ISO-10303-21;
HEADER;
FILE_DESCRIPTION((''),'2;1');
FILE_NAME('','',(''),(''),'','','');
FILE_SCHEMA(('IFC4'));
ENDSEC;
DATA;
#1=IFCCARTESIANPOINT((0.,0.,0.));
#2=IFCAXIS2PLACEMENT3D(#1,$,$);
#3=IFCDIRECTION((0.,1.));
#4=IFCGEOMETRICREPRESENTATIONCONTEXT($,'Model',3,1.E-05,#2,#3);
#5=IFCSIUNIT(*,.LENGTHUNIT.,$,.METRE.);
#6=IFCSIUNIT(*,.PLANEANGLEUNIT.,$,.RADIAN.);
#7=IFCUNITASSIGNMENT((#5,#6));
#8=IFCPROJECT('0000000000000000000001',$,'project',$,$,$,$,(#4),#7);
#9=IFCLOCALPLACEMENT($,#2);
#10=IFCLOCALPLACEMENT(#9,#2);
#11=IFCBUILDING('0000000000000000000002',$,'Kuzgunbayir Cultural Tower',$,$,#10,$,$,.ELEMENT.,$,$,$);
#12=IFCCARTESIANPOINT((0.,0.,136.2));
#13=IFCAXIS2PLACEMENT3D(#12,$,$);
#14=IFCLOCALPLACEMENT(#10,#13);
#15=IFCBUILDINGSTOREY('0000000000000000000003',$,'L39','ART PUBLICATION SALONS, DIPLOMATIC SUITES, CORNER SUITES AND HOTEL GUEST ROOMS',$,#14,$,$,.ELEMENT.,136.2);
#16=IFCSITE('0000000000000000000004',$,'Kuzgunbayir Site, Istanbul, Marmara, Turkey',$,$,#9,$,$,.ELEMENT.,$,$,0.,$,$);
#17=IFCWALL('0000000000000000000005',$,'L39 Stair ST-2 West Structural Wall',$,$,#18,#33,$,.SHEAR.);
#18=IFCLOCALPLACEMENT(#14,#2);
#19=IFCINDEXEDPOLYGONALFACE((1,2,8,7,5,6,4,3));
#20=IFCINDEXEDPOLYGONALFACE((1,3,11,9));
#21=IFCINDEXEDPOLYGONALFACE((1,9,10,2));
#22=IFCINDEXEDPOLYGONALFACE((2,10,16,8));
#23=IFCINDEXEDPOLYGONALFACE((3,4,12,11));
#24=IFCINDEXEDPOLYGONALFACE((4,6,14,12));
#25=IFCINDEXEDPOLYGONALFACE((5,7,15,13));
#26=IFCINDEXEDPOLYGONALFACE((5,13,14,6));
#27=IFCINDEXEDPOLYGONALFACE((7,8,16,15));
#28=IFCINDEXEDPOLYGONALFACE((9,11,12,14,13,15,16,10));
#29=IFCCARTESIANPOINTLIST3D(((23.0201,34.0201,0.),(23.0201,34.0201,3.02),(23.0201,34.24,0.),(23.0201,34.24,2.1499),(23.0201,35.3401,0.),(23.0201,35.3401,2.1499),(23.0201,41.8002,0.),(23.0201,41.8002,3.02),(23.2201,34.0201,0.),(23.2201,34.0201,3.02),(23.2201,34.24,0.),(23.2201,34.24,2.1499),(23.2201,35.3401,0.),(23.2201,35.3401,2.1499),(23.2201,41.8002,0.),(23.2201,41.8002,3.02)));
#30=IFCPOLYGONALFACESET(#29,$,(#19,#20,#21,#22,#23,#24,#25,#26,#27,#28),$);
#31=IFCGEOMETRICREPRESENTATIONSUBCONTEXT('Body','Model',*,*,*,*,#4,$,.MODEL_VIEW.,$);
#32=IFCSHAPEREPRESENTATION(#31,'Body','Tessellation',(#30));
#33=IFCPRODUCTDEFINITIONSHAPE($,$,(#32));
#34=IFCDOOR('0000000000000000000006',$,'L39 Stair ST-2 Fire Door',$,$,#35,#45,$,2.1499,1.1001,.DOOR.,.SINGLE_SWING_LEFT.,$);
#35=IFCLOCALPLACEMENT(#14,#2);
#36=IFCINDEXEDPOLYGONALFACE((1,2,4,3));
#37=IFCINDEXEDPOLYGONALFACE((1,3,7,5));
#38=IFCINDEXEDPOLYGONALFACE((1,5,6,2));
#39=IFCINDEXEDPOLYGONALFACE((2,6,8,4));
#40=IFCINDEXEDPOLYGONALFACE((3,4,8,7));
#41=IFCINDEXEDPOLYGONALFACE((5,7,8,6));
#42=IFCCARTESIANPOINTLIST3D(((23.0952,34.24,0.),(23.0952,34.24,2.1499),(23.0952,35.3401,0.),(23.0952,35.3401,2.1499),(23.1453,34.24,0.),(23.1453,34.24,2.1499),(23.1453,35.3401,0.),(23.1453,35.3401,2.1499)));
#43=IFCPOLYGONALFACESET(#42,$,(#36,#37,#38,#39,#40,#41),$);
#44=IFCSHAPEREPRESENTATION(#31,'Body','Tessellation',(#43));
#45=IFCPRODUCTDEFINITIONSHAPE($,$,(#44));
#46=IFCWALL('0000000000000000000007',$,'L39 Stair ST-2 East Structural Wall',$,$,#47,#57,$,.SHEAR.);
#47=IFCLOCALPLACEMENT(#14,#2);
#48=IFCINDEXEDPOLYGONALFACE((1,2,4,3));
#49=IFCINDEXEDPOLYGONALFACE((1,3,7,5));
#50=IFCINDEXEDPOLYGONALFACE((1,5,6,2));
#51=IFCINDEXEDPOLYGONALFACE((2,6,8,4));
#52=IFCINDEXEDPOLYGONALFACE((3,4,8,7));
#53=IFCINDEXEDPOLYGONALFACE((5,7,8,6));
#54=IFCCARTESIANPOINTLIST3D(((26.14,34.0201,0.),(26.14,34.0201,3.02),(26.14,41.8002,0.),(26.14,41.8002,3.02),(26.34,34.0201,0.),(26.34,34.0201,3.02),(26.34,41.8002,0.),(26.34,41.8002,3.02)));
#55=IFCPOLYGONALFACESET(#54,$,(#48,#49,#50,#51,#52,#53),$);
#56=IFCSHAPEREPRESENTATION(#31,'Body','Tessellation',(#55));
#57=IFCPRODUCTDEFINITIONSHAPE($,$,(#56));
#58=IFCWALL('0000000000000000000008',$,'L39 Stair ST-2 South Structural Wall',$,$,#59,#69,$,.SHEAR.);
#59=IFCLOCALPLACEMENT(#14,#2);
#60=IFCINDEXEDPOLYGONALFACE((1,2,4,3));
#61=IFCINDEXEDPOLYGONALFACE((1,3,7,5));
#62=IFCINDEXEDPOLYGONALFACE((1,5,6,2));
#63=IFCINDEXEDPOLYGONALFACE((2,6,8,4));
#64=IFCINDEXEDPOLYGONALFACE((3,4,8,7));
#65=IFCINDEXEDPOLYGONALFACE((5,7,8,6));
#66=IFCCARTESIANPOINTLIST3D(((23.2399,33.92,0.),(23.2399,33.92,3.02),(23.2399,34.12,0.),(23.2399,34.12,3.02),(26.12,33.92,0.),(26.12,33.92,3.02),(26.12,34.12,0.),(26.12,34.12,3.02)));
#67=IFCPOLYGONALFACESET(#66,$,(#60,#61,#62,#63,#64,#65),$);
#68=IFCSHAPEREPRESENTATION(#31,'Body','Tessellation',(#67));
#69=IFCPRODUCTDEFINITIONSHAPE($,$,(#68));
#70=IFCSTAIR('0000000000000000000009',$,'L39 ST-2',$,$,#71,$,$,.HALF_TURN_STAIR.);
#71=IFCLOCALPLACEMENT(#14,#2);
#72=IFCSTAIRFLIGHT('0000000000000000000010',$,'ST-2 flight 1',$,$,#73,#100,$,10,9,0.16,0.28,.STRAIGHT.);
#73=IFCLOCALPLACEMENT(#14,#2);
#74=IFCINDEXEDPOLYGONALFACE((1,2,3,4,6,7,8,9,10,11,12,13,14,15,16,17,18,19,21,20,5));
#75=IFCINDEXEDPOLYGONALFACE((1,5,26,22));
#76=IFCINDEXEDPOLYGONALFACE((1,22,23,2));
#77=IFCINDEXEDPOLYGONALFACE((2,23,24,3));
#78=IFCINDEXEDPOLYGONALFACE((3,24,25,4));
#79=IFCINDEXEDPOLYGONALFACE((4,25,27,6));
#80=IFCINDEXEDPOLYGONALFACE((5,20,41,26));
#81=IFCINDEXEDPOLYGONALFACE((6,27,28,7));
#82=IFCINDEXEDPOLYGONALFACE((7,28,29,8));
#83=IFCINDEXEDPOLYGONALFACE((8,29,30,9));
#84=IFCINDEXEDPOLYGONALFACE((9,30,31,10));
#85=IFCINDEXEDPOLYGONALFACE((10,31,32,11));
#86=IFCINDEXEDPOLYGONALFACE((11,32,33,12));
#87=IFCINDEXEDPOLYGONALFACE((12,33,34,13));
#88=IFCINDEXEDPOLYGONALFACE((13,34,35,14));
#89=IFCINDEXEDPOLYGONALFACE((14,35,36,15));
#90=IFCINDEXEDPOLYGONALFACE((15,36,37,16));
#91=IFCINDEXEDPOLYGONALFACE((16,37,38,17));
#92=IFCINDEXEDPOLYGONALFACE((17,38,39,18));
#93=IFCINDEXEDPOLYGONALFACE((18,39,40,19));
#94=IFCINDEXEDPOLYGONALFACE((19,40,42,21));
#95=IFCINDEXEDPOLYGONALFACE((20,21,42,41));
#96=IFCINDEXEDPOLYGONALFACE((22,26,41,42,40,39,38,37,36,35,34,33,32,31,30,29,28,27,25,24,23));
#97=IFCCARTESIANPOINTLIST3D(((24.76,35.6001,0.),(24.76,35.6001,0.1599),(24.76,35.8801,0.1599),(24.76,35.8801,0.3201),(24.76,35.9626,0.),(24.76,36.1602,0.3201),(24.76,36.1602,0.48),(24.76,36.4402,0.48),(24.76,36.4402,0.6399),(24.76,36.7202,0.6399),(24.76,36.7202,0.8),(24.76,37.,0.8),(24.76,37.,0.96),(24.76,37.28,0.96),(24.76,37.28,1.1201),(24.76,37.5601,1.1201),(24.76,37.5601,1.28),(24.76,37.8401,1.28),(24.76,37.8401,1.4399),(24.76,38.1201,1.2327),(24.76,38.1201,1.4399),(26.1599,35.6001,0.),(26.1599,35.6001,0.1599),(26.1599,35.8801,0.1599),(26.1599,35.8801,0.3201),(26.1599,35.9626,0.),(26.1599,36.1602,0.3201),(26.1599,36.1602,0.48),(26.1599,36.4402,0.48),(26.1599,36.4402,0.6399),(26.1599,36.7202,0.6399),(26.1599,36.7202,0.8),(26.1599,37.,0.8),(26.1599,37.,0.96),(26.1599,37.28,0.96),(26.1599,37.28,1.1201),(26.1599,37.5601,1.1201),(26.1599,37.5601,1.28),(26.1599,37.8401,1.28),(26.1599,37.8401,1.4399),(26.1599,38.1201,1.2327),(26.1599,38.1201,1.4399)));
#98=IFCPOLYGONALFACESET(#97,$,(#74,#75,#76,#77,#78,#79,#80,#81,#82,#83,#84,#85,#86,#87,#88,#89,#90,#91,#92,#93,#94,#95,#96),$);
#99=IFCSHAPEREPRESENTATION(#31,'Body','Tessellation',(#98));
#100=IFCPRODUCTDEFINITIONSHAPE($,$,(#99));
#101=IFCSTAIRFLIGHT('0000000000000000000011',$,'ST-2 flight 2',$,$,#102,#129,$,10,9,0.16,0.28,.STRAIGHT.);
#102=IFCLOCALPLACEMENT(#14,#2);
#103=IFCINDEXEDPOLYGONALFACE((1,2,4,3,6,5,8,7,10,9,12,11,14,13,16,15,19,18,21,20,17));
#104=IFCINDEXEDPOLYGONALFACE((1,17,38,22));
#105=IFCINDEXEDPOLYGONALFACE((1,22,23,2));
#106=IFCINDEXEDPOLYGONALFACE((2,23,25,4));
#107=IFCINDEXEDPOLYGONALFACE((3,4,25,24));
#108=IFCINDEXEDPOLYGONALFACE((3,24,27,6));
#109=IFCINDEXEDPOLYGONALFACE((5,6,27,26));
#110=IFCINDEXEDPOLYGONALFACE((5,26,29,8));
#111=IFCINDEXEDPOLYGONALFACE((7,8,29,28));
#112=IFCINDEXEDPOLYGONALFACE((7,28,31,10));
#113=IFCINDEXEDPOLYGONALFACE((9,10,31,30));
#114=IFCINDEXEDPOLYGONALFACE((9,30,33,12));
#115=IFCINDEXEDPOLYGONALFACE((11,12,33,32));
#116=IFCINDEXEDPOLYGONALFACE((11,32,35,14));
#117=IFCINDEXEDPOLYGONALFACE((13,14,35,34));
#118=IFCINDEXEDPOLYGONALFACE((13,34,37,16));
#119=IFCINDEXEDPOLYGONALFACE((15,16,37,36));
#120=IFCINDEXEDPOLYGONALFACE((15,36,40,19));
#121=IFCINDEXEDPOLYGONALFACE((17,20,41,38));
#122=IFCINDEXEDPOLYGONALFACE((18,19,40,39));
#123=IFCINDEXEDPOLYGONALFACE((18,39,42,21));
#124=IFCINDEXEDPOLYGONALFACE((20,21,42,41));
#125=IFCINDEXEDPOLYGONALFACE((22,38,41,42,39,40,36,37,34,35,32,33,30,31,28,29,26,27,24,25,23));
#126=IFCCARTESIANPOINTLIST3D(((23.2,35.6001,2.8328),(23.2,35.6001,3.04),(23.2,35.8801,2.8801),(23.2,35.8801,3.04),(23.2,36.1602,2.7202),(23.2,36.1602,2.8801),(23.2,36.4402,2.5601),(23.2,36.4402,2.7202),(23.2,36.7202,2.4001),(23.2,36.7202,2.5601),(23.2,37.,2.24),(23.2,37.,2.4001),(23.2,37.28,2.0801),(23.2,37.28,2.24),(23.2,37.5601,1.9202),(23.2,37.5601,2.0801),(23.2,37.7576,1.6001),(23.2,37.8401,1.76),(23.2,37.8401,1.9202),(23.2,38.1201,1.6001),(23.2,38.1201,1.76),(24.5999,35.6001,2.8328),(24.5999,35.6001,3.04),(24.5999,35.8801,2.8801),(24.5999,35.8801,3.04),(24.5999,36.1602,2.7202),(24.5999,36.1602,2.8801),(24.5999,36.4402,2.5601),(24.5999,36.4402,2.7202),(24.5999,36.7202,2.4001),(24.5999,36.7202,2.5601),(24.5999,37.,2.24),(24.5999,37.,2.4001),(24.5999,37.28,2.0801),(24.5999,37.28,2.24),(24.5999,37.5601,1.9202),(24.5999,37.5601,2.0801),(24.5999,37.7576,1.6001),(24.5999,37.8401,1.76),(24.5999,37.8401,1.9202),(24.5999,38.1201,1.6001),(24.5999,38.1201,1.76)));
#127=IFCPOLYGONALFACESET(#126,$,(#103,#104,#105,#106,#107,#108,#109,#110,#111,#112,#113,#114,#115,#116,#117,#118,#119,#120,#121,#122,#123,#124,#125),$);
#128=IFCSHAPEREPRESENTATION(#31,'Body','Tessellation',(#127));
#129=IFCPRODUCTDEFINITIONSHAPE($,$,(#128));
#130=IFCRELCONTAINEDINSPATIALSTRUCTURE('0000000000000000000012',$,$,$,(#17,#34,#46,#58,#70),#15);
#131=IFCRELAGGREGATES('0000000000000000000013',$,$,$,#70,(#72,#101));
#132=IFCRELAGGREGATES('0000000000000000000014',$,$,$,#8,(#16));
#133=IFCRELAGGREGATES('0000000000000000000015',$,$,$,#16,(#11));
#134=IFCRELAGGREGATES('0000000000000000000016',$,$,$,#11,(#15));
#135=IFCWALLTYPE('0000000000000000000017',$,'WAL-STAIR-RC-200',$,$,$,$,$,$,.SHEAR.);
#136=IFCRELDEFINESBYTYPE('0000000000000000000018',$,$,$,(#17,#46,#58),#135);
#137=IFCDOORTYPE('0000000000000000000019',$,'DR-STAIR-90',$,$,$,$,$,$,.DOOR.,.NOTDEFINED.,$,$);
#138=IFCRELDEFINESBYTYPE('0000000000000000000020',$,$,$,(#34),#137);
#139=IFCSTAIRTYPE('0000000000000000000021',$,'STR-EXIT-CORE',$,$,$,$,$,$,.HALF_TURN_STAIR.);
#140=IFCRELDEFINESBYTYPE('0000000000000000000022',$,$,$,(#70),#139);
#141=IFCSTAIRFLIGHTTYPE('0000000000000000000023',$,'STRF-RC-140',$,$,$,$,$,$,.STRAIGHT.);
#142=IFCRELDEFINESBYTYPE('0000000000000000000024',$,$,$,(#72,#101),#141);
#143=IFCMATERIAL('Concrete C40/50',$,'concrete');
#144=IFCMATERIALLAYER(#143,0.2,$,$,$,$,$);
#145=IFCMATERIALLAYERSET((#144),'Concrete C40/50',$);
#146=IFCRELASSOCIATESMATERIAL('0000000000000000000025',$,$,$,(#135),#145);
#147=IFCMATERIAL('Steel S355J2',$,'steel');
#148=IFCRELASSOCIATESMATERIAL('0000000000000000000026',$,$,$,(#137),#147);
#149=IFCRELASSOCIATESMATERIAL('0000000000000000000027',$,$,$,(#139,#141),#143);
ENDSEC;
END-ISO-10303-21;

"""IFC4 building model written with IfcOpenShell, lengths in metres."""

from ifc_helpers import new_model, si_unit, direction, frame, frame_2d, origin, place, context, subcontext, project, spatial, polyline, rectangle, outline, extrude, material, layer, layer_set, type_object, element, fill, aggregate, save


model = new_model("IFC4")

# Units and contexts
model_context = context("Model", 3, precision=1e-05, world=origin(), true_north=direction((0.0, 1.0)))
body_context = subcontext(model_context, "Body", "Model", "MODEL_VIEW")
ifc_project = project(units=[si_unit("LENGTHUNIT", "METRE"), si_unit("PLANEANGLEUNIT", "RADIAN")], contexts=[model_context])

# Site, building, storey
site_placement = place(None, origin())
site = spatial("IfcSite", under=ifc_project, at=site_placement, Name="Kuzgunbayir Site, Istanbul, Marmara, Turkey", CompositionType="ELEMENT", RefElevation=0.0)
building_placement = place(site_placement, origin())
building = spatial("IfcBuilding", under=site, at=building_placement, Name="Kuzgunbayir Cultural Tower", CompositionType="ELEMENT")
storey_placement = place(building_placement, frame((0.0, 0.0, 136.2)))
storey = spatial("IfcBuildingStorey", under=building, at=storey_placement, Name="L39", Description="ART PUBLICATION SALONS, DIPLOMATIC SUITES, CORNER SUITES AND HOTEL GUEST ROOMS", CompositionType="ELEMENT", Elevation=136.2)

# Shared definitions
ifc_material_1 = material(Name="Steel S355J2", Category="steel")

# Shared definitions
ifc_material_2 = material(Name="Concrete C40/50", Category="concrete")

# Wall, opening, door
ifc_layer_1 = layer(ifc_material_2, 0.2)
ifc_layer_set_1 = layer_set([ifc_layer_1], Name="Concrete C40/50")
wall_type_1 = type_object("IfcWallType", Name="WAL-STAIR-RC-200", PredefinedType="SHEAR", material=ifc_layer_set_1)
wall_1_placement = place(storey_placement, frame((23.1201, 34.02, 0.0), z_axis=(0.0, 0.0, 1.0), x_axis=(0.0, 1.0, 0.0)))
wall_1 = element("IfcWall", 1, at=wall_1_placement, inside=storey, type_object=wall_type_1, Name="L39 Stair ST-2 West Structural Wall", PredefinedType="SHEAR", context=body_context, shape_type="SweptSolid", body=[
    extrude(rectangle(XDim=7.78, YDim=0.2, at=frame_2d((3.8901, 0.0))), origin(), (0.0, 0.0, 1.0), 3.02),
])
opening_1_placement = place(wall_1_placement, frame((0.22, 0.0, 0.0)))
opening_1 = element("IfcOpeningElement", 2, at=opening_1_placement, cuts=wall_1, PredefinedType="OPENING", context=body_context, shape_type="SweptSolid", body=[
    extrude(rectangle(XDim=1.1001, YDim=2.1499, at=frame_2d((0.55, 1.075))), frame((0.0, 0.1099, 0.0), z_axis=(0.0, -1.0, 0.0), x_axis=(1.0, 0.0, 0.0)), (0.0, 0.0, 1.0), 0.22),
])
door_type_1 = type_object("IfcDoorType", Name="DR-STAIR-90", OperationType="NOTDEFINED", PredefinedType="DOOR", material=ifc_material_1)
door_1_placement = place(opening_1_placement, origin())
door_1 = element("IfcDoor", 3, at=door_1_placement, inside=storey, type_object=door_type_1, Name="L39 Stair ST-2 Fire Door", OperationType="SINGLE_SWING_LEFT", OverallHeight=2.1499, OverallWidth=1.1001, PredefinedType="DOOR", context=body_context, shape_type="SweptSolid", body=[
    extrude(rectangle(XDim=1.1001, YDim=2.1499, at=frame_2d((0.55, 1.075))), frame((0.0, 0.0249, 0.0), z_axis=(0.0, -1.0, 0.0), x_axis=(1.0, 0.0, 0.0)), (0.0, 0.0, 1.0), 0.05),
])
fill(opening_1, door_1)

# Walls
wall_2_placement = place(storey_placement, frame((26.24, 34.02, 0.0), z_axis=(0.0, 0.0, 1.0), x_axis=(0.0, 1.0, 0.0)))
element("IfcWall", 4, at=wall_2_placement, inside=storey, type_object=wall_type_1, Name="L39 Stair ST-2 East Structural Wall", PredefinedType="SHEAR", context=body_context, shape_type="SweptSolid", body=[
    extrude(rectangle(XDim=7.78, YDim=0.2, at=frame_2d((3.8901, 0.0))), origin(), (0.0, 0.0, 1.0), 3.02),
])
wall_3_placement = place(storey_placement, frame((23.24, 34.02, 0.0), z_axis=(0.0, 0.0, 1.0), x_axis=(1.0, 0.0, 0.0)))
element("IfcWall", 5, at=wall_3_placement, inside=storey, type_object=wall_type_1, Name="L39 Stair ST-2 South Structural Wall", PredefinedType="SHEAR", context=body_context, shape_type="SweptSolid", body=[
    extrude(rectangle(XDim=2.8801, YDim=0.2, at=frame_2d((1.4399, 0.0))), origin(), (0.0, 0.0, 1.0), 3.02),
])

# Stair, stair flights
stair_type = type_object("IfcStairType", Name="STR-EXIT-CORE", PredefinedType="HALF_TURN_STAIR", material=ifc_material_2)
stair_placement = place(storey_placement, origin())
stair = element("IfcStair", 6, at=stair_placement, inside=storey, type_object=stair_type, Name="L39 ST-2", PredefinedType="HALF_TURN_STAIR")
stair_flight_type = type_object("IfcStairFlightType", Name="STRF-RC-140", PredefinedType="STRAIGHT", material=ifc_material_2)
stair_flight_1_placement = place(storey_placement, frame((25.46, 35.6001, 0.0), z_axis=(0.0, 0.0, 1.0), x_axis=(0.0, 1.0, 0.0)))
stair_flight_1 = element("IfcStairFlight", 7, at=stair_flight_1_placement, type_object=stair_flight_type, Name="ST-2 flight 1", NumberOfRisers=10, NumberOfTreads=9, PredefinedType="STRAIGHT", RiserHeight=0.16, TreadLength=0.28, context=body_context, shape_type="SweptSolid", body=[
    extrude(outline(polyline([(0.0, 0.0), (0.0, 0.1599), (0.28, 0.1599), (0.28, 0.3201), (0.5601, 0.3201), (0.5601, 0.48), (0.8401, 0.48), (0.8401, 0.6399), (1.1201, 0.6399), (1.1201, 0.8), (1.3999, 0.8), (1.3999, 0.96), (1.6799, 0.96), (1.6799, 1.1201), (1.96, 1.1201), (1.96, 1.28), (2.24, 1.28), (2.24, 1.4399), (2.52, 1.4399), (2.52, 1.6001), (2.52, 1.2327), (0.3625, 0.0), (0.0, 0.0)])), frame((0.0, 0.7, 0.0), z_axis=(0.0, -1.0, 0.0), x_axis=(1.0, 0.0, 0.0)), (0.0, 0.0, 1.0), 1.3999),
])
stair_flight_2_placement = place(storey_placement, frame((23.8999, 38.1201, 1.6001), z_axis=(0.0, 0.0, 1.0), x_axis=(0.0, -1.0, 0.0)))
stair_flight_2 = element("IfcStairFlight", 8, at=stair_flight_2_placement, type_object=stair_flight_type, Name="ST-2 flight 2", NumberOfRisers=10, NumberOfTreads=9, PredefinedType="STRAIGHT", RiserHeight=0.16, TreadLength=0.28, context=body_context, shape_type="SweptSolid", body=[
    extrude(outline(polyline([(0.0, 0.0), (0.0, 0.1599), (0.28, 0.1599), (0.28, 0.3201), (0.5601, 0.3201), (0.5601, 0.48), (0.8401, 0.48), (0.8401, 0.6399), (1.1201, 0.6399), (1.1201, 0.8), (1.3999, 0.8), (1.3999, 0.96), (1.6799, 0.96), (1.6799, 1.1201), (1.96, 1.1201), (1.96, 1.28), (2.24, 1.28), (2.24, 1.4399), (2.52, 1.4399), (2.52, 1.6001), (2.52, 1.2327), (0.3625, 0.0), (0.0, 0.0)])), frame((0.0, 0.7, 0.0), z_axis=(0.0, -1.0, 0.0), x_axis=(1.0, 0.0, 0.0)), (0.0, 0.0, 1.0), 1.3999),
])
aggregate(stair, [stair_flight_1, stair_flight_2])

save(model, "model.ifc")
